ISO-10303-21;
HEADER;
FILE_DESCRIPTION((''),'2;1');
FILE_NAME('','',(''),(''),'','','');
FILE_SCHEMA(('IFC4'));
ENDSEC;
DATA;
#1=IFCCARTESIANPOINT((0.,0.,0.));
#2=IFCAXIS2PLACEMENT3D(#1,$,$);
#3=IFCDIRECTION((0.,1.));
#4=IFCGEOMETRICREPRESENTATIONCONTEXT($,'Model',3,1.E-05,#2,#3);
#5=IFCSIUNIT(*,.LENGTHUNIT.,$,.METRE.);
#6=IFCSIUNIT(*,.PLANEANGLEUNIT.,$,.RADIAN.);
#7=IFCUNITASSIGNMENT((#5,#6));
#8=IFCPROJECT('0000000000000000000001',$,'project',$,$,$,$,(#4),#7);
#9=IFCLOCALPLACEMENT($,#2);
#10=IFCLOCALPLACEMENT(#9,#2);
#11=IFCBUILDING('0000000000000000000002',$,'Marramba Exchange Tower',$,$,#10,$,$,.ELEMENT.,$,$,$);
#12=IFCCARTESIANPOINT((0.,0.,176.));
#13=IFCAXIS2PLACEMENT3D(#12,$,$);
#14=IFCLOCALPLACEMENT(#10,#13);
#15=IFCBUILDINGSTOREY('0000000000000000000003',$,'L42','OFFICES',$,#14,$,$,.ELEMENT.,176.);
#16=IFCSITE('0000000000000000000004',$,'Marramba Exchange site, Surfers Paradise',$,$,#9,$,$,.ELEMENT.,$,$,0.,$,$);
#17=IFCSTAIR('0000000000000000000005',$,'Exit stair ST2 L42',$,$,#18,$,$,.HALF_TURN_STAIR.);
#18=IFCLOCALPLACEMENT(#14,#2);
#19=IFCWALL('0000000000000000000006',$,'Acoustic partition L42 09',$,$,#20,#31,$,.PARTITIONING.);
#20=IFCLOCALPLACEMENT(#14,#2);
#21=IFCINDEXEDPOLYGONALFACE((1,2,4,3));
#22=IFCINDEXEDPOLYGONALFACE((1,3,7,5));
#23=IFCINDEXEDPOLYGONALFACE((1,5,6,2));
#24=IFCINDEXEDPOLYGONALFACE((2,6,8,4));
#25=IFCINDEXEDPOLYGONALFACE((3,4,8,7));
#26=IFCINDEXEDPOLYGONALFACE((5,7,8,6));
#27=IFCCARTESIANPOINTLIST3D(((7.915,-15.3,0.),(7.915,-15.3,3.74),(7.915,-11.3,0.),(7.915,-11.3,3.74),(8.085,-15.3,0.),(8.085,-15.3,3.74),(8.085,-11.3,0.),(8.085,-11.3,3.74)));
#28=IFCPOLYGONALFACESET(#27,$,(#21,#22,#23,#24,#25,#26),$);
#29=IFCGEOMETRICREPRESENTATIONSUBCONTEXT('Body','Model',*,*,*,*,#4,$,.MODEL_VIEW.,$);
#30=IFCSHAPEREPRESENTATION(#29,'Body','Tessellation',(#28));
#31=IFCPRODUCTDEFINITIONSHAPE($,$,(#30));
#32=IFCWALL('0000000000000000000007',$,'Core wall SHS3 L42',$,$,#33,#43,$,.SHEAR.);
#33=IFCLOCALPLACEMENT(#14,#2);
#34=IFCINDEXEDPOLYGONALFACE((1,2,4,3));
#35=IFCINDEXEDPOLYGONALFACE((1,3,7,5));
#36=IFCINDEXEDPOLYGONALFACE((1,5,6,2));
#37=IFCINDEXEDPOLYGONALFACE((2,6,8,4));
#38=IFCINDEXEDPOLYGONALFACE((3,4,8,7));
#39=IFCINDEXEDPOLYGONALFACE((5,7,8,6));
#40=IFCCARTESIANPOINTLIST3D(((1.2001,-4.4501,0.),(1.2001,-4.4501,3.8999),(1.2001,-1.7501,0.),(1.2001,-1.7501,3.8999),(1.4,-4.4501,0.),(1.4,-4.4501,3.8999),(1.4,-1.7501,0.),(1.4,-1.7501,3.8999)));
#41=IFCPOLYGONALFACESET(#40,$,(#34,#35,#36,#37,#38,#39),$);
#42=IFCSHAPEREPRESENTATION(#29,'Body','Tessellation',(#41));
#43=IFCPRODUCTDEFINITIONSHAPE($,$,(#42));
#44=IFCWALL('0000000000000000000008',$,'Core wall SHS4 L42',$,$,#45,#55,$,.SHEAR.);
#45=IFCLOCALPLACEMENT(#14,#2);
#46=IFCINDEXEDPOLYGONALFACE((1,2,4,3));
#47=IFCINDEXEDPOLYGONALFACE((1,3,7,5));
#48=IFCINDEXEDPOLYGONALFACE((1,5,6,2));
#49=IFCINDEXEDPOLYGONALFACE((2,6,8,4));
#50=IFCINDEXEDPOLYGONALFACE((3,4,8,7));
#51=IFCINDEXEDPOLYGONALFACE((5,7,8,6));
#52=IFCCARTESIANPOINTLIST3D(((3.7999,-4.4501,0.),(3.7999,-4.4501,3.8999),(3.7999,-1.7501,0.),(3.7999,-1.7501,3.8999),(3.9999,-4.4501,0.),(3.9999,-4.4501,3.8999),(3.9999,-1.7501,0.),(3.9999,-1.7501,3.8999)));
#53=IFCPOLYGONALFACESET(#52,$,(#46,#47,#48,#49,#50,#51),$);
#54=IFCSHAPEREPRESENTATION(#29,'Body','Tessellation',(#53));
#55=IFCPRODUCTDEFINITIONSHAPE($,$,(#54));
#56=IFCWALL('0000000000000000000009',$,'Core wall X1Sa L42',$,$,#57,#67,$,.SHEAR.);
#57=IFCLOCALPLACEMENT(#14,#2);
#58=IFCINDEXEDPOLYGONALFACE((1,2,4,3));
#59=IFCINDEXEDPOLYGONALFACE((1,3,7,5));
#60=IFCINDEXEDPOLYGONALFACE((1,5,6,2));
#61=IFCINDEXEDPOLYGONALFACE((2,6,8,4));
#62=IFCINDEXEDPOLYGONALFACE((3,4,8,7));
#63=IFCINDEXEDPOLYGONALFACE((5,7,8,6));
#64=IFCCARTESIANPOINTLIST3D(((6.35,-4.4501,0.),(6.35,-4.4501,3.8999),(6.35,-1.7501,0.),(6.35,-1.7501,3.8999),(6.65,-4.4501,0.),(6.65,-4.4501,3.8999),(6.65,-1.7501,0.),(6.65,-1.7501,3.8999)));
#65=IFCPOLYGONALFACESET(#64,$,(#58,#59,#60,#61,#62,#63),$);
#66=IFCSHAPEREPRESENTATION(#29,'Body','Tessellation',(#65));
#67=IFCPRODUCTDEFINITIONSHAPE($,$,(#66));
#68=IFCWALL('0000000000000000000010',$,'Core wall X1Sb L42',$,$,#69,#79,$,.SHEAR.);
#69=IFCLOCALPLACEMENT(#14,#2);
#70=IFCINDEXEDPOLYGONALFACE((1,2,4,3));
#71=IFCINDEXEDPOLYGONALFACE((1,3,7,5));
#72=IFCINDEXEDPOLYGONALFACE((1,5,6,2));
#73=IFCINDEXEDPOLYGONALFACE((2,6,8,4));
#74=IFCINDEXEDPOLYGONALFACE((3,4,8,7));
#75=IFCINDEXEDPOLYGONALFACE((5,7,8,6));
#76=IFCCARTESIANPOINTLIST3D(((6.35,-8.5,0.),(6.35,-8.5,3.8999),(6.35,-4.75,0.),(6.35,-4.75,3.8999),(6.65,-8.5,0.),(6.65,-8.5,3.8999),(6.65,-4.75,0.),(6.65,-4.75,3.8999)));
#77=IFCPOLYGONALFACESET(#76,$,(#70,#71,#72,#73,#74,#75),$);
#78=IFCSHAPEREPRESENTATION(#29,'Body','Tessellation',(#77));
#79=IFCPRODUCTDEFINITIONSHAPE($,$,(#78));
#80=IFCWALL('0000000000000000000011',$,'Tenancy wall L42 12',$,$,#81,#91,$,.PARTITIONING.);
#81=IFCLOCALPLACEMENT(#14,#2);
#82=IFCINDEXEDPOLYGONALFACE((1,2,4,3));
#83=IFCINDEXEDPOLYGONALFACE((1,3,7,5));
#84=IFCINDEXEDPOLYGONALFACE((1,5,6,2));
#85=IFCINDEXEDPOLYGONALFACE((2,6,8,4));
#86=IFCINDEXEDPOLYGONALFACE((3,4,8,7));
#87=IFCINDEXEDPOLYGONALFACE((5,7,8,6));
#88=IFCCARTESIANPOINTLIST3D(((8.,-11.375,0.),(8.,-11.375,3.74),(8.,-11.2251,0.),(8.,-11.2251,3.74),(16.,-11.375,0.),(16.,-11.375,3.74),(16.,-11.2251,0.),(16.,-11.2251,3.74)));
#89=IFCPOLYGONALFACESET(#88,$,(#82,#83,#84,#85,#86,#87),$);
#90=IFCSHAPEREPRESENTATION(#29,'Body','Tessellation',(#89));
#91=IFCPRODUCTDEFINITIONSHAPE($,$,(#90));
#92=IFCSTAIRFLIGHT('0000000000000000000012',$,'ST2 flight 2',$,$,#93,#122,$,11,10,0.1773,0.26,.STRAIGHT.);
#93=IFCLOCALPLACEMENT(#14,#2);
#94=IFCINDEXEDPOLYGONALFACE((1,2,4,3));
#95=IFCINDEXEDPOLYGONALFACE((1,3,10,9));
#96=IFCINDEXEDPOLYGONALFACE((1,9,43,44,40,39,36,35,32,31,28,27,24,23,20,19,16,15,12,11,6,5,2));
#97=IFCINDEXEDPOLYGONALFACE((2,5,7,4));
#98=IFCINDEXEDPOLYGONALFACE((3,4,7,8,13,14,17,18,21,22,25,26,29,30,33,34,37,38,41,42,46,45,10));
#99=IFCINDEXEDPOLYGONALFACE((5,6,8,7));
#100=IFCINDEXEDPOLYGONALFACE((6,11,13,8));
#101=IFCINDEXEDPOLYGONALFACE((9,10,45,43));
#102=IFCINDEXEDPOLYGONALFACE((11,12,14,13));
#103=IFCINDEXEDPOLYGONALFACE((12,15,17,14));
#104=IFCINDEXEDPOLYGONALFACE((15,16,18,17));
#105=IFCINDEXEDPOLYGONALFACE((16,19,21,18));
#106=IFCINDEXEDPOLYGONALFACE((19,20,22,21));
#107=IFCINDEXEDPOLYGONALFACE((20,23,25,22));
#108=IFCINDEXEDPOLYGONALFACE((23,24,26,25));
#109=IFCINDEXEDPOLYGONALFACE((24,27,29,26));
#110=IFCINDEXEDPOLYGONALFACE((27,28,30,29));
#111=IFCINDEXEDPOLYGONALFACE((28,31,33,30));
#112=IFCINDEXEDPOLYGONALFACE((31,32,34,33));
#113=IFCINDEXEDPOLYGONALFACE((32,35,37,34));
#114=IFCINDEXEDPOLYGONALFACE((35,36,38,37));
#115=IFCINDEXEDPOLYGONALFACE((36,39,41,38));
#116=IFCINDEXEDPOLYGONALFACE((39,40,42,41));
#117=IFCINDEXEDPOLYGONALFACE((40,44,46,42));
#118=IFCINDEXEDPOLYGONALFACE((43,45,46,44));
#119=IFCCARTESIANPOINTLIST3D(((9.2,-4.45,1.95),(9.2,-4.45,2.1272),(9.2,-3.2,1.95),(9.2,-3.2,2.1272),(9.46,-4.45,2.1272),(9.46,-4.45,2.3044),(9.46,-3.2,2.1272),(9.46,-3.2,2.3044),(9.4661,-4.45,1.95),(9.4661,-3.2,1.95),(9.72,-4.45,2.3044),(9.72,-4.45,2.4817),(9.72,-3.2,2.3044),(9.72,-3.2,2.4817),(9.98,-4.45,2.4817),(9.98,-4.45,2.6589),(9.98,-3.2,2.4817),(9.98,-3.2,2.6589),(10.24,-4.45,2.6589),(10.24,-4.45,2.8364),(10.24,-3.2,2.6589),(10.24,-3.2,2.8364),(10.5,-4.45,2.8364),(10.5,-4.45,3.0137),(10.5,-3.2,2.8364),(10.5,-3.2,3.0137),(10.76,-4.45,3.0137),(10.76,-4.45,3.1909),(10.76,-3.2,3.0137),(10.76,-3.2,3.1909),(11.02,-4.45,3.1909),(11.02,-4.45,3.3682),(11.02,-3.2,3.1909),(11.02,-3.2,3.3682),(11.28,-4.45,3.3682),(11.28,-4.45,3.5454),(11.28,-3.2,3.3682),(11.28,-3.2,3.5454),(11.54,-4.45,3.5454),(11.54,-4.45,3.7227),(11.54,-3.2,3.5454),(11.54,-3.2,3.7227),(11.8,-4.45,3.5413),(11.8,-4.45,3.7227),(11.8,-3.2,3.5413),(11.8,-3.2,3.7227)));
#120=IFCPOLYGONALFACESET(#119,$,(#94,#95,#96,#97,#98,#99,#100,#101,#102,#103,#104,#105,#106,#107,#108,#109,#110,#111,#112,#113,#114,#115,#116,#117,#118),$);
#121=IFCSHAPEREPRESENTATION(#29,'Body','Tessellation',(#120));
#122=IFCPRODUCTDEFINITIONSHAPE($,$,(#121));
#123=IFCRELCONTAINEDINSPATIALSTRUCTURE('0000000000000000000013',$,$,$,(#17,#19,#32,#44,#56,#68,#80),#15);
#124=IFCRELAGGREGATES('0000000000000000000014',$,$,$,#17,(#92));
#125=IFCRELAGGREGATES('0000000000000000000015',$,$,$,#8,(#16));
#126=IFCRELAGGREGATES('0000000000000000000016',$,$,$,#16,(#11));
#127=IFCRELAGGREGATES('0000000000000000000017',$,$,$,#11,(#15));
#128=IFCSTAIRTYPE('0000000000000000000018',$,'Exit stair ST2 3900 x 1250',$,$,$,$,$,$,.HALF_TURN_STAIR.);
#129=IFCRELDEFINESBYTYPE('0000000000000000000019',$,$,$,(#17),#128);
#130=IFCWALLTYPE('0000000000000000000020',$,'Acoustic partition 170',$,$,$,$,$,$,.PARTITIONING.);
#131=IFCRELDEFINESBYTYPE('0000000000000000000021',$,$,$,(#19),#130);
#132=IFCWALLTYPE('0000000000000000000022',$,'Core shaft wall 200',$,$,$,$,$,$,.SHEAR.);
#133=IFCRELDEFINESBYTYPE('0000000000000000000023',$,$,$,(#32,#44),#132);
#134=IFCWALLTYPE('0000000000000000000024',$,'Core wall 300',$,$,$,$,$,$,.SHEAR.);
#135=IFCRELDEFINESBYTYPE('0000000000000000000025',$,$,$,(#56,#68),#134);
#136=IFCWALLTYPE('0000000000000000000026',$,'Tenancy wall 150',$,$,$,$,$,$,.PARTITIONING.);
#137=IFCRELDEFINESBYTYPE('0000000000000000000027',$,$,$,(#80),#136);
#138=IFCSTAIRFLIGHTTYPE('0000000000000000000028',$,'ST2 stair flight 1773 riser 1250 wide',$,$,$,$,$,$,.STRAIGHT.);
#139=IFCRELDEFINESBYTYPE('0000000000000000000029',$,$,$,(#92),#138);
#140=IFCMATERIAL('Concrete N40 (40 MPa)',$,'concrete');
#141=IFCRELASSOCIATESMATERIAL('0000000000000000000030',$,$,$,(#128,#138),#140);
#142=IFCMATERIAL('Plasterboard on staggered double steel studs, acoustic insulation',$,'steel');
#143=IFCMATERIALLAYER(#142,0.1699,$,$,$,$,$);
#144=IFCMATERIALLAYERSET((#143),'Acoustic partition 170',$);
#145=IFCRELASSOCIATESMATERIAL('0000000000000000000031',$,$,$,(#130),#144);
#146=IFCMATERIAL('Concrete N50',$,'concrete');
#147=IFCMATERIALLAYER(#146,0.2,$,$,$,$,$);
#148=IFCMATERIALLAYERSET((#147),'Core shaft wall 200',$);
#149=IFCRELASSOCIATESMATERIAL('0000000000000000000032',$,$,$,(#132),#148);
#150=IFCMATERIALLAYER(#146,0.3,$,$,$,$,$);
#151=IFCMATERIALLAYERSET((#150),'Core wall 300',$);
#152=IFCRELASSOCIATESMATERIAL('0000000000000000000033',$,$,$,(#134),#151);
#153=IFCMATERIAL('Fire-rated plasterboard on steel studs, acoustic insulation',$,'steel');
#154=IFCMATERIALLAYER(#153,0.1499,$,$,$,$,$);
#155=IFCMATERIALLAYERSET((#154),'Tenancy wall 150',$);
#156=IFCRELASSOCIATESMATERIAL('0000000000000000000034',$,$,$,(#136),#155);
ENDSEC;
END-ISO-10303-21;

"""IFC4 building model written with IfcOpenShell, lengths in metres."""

from ifc_helpers import new_model, si_unit, direction, frame, frame_2d, origin, place, context, subcontext, project, spatial, polyline, rectangle, outline, extrude, material, layer, layer_set, type_object, element, aggregate, save


model = new_model("IFC4")

# Units and contexts
model_context = context("Model", 3, precision=1e-05, world=origin(), true_north=direction((0.0, 1.0)))
body_context = subcontext(model_context, "Body", "Model", "MODEL_VIEW")
ifc_project = project(units=[si_unit("LENGTHUNIT", "METRE"), si_unit("PLANEANGLEUNIT", "RADIAN")], contexts=[model_context])

# Site, building, storey
site_placement = place(None, origin())
site = spatial("IfcSite", under=ifc_project, at=site_placement, Name="Marramba Exchange site, Surfers Paradise", CompositionType="ELEMENT", RefElevation=0.0)
building_placement = place(site_placement, origin())
building = spatial("IfcBuilding", under=site, at=building_placement, Name="Marramba Exchange Tower", CompositionType="ELEMENT")
storey_placement = place(building_placement, frame((0.0, 0.0, 176.0)))
storey = spatial("IfcBuildingStorey", under=building, at=storey_placement, Name="L42", Description="OFFICES", CompositionType="ELEMENT", Elevation=176.0)

# Stair
ifc_material_1 = material(Name="Concrete N40 (40 MPa)", Category="concrete")
stair_type_1 = type_object("IfcStairType", Name="Exit stair ST2 3900 x 1250", PredefinedType="HALF_TURN_STAIR", material=ifc_material_1)
stair_1_placement = place(storey_placement, origin())
stair_1 = element("IfcStair", 1, at=stair_1_placement, inside=storey, type_object=stair_type_1, Name="Exit stair ST2 L42", PredefinedType="HALF_TURN_STAIR")

# Walls
ifc_material_2 = material(Name="Plasterboard on staggered double steel studs, acoustic insulation", Category="steel")
ifc_layer_1 = layer(ifc_material_2, 0.1699)
ifc_layer_set_1 = layer_set([ifc_layer_1], Name="Acoustic partition 170")
wall_type_1 = type_object("IfcWallType", Name="Acoustic partition 170", PredefinedType="PARTITIONING", material=ifc_layer_set_1)
wall_1_placement = place(storey_placement, frame((8.0, -11.3, 0.0), z_axis=(0.0, 0.0, 1.0), x_axis=(0.0, -1.0, 0.0)))
element("IfcWall", 2, at=wall_1_placement, inside=storey, type_object=wall_type_1, Name="Acoustic partition L42 09", PredefinedType="PARTITIONING", context=body_context, shape_type="SweptSolid", body=[
    extrude(rectangle(XDim=4.0, YDim=0.1699, at=frame_2d((2.0, 0.0))), origin(), (0.0, 0.0, 1.0), 3.74),
])
ifc_material_3 = material(Name="Concrete N50", Category="concrete")
ifc_layer_2 = layer(ifc_material_3, 0.2)
ifc_layer_set_2 = layer_set([ifc_layer_2], Name="Core shaft wall 200")
wall_type_2 = type_object("IfcWallType", Name="Core shaft wall 200", PredefinedType="SHEAR", material=ifc_layer_set_2)
for number, where, z_axis, x_axis, name in (
    (3, (1.3, -1.75, 0.0), (0.0, 0.0, 1.0), (0.0, -1.0, 0.0), "Core wall SHS3 L42"),
    (4, (3.8999, -1.75, 0.0), (0.0, 0.0, 1.0), (0.0, -1.0, 0.0), "Core wall SHS4 L42"),
):
    element("IfcWall", number, at=place(storey_placement, frame(where, z_axis=z_axis, x_axis=x_axis)), inside=storey, type_object=wall_type_2, Name=name, PredefinedType="SHEAR", context=body_context, shape_type="SweptSolid", body=[
        extrude(rectangle(XDim=2.7, YDim=0.2, at=frame_2d((1.3501, 0.0))), origin(), (0.0, 0.0, 1.0), 3.8999),
    ])
ifc_layer_3 = layer(ifc_material_3, 0.3)
ifc_layer_set_3 = layer_set([ifc_layer_3], Name="Core wall 300")
wall_type_3 = type_object("IfcWallType", Name="Core wall 300", PredefinedType="SHEAR", material=ifc_layer_set_3)
wall_2_placement = place(storey_placement, frame((6.5, -1.75, 0.0), z_axis=(0.0, 0.0, 1.0), x_axis=(0.0, -1.0, 0.0)))
element("IfcWall", 5, at=wall_2_placement, inside=storey, type_object=wall_type_3, Name="Core wall X1Sa L42", PredefinedType="SHEAR", context=body_context, shape_type="SweptSolid", body=[
    extrude(rectangle(XDim=2.7, YDim=0.3, at=frame_2d((1.3501, 0.0))), origin(), (0.0, 0.0, 1.0), 3.8999),
])
wall_3_placement = place(storey_placement, frame((6.5, -4.75, 0.0), z_axis=(0.0, 0.0, 1.0), x_axis=(0.0, -1.0, 0.0)))
element("IfcWall", 6, at=wall_3_placement, inside=storey, type_object=wall_type_3, Name="Core wall X1Sb L42", PredefinedType="SHEAR", context=body_context, shape_type="SweptSolid", body=[
    extrude(rectangle(XDim=3.75, YDim=0.3, at=frame_2d((1.875, 0.0))), origin(), (0.0, 0.0, 1.0), 3.8999),
])

# Wall
ifc_material_4 = material(Name="Fire-rated plasterboard on steel studs, acoustic insulation", Category="steel")
ifc_layer_4 = layer(ifc_material_4, 0.1499)
ifc_layer_set_4 = layer_set([ifc_layer_4], Name="Tenancy wall 150")
wall_type_4 = type_object("IfcWallType", Name="Tenancy wall 150", PredefinedType="PARTITIONING", material=ifc_layer_set_4)
wall_4_placement = place(storey_placement, frame((8.0, -11.3, 0.0), z_axis=(0.0, 0.0, 1.0), x_axis=(1.0, 0.0, 0.0)))
element("IfcWall", 7, at=wall_4_placement, inside=storey, type_object=wall_type_4, Name="Tenancy wall L42 12", PredefinedType="PARTITIONING", context=body_context, shape_type="SweptSolid", body=[
    extrude(rectangle(XDim=8.0, YDim=0.1499, at=frame_2d((4.0, 0.0))), origin(), (0.0, 0.0, 1.0), 3.74),
])

# Stair flight
stair_flight_type = type_object("IfcStairFlightType", Name="ST2 stair flight 1773 riser 1250 wide", PredefinedType="STRAIGHT", material=ifc_material_1)
stair_flight_placement = place(storey_placement, frame((9.2, -3.825, 1.95), z_axis=(0.0, 0.0, 1.0), x_axis=(1.0, 0.0, 0.0)))
stair_flight = element("IfcStairFlight", 8, at=stair_flight_placement, type_object=stair_flight_type, Name="ST2 flight 2", NumberOfRisers=11, NumberOfTreads=10, PredefinedType="STRAIGHT", RiserHeight=0.1773, TreadLength=0.26, context=body_context, shape_type="SweptSolid", body=[
    extrude(outline(polyline([(0.0, 0.0), (0.0, 0.1772), (0.26, 0.1772), (0.26, 0.3545), (0.52, 0.3545), (0.52, 0.5317), (0.78, 0.5317), (0.78, 0.709), (1.04, 0.709), (1.04, 0.8865), (1.3, 0.8865), (1.3, 1.0637), (1.5601, 1.0637), (1.5601, 1.241), (1.8201, 1.241), (1.8201, 1.4182), (2.0801, 1.4182), (2.0801, 1.5955), (2.3401, 1.5955), (2.3401, 1.7727), (2.6001, 1.7727), (2.6001, 1.95), (2.6001, 1.5913), (0.2661, 0.0), (0.0, 0.0)])), frame((0.0, 0.625, 0.0), z_axis=(0.0, -1.0, 0.0), x_axis=(1.0, 0.0, 0.0)), (0.0, 0.0, 1.0), 1.25),
])
aggregate(stair_1, [stair_flight])

save(model, "model.ifc")
